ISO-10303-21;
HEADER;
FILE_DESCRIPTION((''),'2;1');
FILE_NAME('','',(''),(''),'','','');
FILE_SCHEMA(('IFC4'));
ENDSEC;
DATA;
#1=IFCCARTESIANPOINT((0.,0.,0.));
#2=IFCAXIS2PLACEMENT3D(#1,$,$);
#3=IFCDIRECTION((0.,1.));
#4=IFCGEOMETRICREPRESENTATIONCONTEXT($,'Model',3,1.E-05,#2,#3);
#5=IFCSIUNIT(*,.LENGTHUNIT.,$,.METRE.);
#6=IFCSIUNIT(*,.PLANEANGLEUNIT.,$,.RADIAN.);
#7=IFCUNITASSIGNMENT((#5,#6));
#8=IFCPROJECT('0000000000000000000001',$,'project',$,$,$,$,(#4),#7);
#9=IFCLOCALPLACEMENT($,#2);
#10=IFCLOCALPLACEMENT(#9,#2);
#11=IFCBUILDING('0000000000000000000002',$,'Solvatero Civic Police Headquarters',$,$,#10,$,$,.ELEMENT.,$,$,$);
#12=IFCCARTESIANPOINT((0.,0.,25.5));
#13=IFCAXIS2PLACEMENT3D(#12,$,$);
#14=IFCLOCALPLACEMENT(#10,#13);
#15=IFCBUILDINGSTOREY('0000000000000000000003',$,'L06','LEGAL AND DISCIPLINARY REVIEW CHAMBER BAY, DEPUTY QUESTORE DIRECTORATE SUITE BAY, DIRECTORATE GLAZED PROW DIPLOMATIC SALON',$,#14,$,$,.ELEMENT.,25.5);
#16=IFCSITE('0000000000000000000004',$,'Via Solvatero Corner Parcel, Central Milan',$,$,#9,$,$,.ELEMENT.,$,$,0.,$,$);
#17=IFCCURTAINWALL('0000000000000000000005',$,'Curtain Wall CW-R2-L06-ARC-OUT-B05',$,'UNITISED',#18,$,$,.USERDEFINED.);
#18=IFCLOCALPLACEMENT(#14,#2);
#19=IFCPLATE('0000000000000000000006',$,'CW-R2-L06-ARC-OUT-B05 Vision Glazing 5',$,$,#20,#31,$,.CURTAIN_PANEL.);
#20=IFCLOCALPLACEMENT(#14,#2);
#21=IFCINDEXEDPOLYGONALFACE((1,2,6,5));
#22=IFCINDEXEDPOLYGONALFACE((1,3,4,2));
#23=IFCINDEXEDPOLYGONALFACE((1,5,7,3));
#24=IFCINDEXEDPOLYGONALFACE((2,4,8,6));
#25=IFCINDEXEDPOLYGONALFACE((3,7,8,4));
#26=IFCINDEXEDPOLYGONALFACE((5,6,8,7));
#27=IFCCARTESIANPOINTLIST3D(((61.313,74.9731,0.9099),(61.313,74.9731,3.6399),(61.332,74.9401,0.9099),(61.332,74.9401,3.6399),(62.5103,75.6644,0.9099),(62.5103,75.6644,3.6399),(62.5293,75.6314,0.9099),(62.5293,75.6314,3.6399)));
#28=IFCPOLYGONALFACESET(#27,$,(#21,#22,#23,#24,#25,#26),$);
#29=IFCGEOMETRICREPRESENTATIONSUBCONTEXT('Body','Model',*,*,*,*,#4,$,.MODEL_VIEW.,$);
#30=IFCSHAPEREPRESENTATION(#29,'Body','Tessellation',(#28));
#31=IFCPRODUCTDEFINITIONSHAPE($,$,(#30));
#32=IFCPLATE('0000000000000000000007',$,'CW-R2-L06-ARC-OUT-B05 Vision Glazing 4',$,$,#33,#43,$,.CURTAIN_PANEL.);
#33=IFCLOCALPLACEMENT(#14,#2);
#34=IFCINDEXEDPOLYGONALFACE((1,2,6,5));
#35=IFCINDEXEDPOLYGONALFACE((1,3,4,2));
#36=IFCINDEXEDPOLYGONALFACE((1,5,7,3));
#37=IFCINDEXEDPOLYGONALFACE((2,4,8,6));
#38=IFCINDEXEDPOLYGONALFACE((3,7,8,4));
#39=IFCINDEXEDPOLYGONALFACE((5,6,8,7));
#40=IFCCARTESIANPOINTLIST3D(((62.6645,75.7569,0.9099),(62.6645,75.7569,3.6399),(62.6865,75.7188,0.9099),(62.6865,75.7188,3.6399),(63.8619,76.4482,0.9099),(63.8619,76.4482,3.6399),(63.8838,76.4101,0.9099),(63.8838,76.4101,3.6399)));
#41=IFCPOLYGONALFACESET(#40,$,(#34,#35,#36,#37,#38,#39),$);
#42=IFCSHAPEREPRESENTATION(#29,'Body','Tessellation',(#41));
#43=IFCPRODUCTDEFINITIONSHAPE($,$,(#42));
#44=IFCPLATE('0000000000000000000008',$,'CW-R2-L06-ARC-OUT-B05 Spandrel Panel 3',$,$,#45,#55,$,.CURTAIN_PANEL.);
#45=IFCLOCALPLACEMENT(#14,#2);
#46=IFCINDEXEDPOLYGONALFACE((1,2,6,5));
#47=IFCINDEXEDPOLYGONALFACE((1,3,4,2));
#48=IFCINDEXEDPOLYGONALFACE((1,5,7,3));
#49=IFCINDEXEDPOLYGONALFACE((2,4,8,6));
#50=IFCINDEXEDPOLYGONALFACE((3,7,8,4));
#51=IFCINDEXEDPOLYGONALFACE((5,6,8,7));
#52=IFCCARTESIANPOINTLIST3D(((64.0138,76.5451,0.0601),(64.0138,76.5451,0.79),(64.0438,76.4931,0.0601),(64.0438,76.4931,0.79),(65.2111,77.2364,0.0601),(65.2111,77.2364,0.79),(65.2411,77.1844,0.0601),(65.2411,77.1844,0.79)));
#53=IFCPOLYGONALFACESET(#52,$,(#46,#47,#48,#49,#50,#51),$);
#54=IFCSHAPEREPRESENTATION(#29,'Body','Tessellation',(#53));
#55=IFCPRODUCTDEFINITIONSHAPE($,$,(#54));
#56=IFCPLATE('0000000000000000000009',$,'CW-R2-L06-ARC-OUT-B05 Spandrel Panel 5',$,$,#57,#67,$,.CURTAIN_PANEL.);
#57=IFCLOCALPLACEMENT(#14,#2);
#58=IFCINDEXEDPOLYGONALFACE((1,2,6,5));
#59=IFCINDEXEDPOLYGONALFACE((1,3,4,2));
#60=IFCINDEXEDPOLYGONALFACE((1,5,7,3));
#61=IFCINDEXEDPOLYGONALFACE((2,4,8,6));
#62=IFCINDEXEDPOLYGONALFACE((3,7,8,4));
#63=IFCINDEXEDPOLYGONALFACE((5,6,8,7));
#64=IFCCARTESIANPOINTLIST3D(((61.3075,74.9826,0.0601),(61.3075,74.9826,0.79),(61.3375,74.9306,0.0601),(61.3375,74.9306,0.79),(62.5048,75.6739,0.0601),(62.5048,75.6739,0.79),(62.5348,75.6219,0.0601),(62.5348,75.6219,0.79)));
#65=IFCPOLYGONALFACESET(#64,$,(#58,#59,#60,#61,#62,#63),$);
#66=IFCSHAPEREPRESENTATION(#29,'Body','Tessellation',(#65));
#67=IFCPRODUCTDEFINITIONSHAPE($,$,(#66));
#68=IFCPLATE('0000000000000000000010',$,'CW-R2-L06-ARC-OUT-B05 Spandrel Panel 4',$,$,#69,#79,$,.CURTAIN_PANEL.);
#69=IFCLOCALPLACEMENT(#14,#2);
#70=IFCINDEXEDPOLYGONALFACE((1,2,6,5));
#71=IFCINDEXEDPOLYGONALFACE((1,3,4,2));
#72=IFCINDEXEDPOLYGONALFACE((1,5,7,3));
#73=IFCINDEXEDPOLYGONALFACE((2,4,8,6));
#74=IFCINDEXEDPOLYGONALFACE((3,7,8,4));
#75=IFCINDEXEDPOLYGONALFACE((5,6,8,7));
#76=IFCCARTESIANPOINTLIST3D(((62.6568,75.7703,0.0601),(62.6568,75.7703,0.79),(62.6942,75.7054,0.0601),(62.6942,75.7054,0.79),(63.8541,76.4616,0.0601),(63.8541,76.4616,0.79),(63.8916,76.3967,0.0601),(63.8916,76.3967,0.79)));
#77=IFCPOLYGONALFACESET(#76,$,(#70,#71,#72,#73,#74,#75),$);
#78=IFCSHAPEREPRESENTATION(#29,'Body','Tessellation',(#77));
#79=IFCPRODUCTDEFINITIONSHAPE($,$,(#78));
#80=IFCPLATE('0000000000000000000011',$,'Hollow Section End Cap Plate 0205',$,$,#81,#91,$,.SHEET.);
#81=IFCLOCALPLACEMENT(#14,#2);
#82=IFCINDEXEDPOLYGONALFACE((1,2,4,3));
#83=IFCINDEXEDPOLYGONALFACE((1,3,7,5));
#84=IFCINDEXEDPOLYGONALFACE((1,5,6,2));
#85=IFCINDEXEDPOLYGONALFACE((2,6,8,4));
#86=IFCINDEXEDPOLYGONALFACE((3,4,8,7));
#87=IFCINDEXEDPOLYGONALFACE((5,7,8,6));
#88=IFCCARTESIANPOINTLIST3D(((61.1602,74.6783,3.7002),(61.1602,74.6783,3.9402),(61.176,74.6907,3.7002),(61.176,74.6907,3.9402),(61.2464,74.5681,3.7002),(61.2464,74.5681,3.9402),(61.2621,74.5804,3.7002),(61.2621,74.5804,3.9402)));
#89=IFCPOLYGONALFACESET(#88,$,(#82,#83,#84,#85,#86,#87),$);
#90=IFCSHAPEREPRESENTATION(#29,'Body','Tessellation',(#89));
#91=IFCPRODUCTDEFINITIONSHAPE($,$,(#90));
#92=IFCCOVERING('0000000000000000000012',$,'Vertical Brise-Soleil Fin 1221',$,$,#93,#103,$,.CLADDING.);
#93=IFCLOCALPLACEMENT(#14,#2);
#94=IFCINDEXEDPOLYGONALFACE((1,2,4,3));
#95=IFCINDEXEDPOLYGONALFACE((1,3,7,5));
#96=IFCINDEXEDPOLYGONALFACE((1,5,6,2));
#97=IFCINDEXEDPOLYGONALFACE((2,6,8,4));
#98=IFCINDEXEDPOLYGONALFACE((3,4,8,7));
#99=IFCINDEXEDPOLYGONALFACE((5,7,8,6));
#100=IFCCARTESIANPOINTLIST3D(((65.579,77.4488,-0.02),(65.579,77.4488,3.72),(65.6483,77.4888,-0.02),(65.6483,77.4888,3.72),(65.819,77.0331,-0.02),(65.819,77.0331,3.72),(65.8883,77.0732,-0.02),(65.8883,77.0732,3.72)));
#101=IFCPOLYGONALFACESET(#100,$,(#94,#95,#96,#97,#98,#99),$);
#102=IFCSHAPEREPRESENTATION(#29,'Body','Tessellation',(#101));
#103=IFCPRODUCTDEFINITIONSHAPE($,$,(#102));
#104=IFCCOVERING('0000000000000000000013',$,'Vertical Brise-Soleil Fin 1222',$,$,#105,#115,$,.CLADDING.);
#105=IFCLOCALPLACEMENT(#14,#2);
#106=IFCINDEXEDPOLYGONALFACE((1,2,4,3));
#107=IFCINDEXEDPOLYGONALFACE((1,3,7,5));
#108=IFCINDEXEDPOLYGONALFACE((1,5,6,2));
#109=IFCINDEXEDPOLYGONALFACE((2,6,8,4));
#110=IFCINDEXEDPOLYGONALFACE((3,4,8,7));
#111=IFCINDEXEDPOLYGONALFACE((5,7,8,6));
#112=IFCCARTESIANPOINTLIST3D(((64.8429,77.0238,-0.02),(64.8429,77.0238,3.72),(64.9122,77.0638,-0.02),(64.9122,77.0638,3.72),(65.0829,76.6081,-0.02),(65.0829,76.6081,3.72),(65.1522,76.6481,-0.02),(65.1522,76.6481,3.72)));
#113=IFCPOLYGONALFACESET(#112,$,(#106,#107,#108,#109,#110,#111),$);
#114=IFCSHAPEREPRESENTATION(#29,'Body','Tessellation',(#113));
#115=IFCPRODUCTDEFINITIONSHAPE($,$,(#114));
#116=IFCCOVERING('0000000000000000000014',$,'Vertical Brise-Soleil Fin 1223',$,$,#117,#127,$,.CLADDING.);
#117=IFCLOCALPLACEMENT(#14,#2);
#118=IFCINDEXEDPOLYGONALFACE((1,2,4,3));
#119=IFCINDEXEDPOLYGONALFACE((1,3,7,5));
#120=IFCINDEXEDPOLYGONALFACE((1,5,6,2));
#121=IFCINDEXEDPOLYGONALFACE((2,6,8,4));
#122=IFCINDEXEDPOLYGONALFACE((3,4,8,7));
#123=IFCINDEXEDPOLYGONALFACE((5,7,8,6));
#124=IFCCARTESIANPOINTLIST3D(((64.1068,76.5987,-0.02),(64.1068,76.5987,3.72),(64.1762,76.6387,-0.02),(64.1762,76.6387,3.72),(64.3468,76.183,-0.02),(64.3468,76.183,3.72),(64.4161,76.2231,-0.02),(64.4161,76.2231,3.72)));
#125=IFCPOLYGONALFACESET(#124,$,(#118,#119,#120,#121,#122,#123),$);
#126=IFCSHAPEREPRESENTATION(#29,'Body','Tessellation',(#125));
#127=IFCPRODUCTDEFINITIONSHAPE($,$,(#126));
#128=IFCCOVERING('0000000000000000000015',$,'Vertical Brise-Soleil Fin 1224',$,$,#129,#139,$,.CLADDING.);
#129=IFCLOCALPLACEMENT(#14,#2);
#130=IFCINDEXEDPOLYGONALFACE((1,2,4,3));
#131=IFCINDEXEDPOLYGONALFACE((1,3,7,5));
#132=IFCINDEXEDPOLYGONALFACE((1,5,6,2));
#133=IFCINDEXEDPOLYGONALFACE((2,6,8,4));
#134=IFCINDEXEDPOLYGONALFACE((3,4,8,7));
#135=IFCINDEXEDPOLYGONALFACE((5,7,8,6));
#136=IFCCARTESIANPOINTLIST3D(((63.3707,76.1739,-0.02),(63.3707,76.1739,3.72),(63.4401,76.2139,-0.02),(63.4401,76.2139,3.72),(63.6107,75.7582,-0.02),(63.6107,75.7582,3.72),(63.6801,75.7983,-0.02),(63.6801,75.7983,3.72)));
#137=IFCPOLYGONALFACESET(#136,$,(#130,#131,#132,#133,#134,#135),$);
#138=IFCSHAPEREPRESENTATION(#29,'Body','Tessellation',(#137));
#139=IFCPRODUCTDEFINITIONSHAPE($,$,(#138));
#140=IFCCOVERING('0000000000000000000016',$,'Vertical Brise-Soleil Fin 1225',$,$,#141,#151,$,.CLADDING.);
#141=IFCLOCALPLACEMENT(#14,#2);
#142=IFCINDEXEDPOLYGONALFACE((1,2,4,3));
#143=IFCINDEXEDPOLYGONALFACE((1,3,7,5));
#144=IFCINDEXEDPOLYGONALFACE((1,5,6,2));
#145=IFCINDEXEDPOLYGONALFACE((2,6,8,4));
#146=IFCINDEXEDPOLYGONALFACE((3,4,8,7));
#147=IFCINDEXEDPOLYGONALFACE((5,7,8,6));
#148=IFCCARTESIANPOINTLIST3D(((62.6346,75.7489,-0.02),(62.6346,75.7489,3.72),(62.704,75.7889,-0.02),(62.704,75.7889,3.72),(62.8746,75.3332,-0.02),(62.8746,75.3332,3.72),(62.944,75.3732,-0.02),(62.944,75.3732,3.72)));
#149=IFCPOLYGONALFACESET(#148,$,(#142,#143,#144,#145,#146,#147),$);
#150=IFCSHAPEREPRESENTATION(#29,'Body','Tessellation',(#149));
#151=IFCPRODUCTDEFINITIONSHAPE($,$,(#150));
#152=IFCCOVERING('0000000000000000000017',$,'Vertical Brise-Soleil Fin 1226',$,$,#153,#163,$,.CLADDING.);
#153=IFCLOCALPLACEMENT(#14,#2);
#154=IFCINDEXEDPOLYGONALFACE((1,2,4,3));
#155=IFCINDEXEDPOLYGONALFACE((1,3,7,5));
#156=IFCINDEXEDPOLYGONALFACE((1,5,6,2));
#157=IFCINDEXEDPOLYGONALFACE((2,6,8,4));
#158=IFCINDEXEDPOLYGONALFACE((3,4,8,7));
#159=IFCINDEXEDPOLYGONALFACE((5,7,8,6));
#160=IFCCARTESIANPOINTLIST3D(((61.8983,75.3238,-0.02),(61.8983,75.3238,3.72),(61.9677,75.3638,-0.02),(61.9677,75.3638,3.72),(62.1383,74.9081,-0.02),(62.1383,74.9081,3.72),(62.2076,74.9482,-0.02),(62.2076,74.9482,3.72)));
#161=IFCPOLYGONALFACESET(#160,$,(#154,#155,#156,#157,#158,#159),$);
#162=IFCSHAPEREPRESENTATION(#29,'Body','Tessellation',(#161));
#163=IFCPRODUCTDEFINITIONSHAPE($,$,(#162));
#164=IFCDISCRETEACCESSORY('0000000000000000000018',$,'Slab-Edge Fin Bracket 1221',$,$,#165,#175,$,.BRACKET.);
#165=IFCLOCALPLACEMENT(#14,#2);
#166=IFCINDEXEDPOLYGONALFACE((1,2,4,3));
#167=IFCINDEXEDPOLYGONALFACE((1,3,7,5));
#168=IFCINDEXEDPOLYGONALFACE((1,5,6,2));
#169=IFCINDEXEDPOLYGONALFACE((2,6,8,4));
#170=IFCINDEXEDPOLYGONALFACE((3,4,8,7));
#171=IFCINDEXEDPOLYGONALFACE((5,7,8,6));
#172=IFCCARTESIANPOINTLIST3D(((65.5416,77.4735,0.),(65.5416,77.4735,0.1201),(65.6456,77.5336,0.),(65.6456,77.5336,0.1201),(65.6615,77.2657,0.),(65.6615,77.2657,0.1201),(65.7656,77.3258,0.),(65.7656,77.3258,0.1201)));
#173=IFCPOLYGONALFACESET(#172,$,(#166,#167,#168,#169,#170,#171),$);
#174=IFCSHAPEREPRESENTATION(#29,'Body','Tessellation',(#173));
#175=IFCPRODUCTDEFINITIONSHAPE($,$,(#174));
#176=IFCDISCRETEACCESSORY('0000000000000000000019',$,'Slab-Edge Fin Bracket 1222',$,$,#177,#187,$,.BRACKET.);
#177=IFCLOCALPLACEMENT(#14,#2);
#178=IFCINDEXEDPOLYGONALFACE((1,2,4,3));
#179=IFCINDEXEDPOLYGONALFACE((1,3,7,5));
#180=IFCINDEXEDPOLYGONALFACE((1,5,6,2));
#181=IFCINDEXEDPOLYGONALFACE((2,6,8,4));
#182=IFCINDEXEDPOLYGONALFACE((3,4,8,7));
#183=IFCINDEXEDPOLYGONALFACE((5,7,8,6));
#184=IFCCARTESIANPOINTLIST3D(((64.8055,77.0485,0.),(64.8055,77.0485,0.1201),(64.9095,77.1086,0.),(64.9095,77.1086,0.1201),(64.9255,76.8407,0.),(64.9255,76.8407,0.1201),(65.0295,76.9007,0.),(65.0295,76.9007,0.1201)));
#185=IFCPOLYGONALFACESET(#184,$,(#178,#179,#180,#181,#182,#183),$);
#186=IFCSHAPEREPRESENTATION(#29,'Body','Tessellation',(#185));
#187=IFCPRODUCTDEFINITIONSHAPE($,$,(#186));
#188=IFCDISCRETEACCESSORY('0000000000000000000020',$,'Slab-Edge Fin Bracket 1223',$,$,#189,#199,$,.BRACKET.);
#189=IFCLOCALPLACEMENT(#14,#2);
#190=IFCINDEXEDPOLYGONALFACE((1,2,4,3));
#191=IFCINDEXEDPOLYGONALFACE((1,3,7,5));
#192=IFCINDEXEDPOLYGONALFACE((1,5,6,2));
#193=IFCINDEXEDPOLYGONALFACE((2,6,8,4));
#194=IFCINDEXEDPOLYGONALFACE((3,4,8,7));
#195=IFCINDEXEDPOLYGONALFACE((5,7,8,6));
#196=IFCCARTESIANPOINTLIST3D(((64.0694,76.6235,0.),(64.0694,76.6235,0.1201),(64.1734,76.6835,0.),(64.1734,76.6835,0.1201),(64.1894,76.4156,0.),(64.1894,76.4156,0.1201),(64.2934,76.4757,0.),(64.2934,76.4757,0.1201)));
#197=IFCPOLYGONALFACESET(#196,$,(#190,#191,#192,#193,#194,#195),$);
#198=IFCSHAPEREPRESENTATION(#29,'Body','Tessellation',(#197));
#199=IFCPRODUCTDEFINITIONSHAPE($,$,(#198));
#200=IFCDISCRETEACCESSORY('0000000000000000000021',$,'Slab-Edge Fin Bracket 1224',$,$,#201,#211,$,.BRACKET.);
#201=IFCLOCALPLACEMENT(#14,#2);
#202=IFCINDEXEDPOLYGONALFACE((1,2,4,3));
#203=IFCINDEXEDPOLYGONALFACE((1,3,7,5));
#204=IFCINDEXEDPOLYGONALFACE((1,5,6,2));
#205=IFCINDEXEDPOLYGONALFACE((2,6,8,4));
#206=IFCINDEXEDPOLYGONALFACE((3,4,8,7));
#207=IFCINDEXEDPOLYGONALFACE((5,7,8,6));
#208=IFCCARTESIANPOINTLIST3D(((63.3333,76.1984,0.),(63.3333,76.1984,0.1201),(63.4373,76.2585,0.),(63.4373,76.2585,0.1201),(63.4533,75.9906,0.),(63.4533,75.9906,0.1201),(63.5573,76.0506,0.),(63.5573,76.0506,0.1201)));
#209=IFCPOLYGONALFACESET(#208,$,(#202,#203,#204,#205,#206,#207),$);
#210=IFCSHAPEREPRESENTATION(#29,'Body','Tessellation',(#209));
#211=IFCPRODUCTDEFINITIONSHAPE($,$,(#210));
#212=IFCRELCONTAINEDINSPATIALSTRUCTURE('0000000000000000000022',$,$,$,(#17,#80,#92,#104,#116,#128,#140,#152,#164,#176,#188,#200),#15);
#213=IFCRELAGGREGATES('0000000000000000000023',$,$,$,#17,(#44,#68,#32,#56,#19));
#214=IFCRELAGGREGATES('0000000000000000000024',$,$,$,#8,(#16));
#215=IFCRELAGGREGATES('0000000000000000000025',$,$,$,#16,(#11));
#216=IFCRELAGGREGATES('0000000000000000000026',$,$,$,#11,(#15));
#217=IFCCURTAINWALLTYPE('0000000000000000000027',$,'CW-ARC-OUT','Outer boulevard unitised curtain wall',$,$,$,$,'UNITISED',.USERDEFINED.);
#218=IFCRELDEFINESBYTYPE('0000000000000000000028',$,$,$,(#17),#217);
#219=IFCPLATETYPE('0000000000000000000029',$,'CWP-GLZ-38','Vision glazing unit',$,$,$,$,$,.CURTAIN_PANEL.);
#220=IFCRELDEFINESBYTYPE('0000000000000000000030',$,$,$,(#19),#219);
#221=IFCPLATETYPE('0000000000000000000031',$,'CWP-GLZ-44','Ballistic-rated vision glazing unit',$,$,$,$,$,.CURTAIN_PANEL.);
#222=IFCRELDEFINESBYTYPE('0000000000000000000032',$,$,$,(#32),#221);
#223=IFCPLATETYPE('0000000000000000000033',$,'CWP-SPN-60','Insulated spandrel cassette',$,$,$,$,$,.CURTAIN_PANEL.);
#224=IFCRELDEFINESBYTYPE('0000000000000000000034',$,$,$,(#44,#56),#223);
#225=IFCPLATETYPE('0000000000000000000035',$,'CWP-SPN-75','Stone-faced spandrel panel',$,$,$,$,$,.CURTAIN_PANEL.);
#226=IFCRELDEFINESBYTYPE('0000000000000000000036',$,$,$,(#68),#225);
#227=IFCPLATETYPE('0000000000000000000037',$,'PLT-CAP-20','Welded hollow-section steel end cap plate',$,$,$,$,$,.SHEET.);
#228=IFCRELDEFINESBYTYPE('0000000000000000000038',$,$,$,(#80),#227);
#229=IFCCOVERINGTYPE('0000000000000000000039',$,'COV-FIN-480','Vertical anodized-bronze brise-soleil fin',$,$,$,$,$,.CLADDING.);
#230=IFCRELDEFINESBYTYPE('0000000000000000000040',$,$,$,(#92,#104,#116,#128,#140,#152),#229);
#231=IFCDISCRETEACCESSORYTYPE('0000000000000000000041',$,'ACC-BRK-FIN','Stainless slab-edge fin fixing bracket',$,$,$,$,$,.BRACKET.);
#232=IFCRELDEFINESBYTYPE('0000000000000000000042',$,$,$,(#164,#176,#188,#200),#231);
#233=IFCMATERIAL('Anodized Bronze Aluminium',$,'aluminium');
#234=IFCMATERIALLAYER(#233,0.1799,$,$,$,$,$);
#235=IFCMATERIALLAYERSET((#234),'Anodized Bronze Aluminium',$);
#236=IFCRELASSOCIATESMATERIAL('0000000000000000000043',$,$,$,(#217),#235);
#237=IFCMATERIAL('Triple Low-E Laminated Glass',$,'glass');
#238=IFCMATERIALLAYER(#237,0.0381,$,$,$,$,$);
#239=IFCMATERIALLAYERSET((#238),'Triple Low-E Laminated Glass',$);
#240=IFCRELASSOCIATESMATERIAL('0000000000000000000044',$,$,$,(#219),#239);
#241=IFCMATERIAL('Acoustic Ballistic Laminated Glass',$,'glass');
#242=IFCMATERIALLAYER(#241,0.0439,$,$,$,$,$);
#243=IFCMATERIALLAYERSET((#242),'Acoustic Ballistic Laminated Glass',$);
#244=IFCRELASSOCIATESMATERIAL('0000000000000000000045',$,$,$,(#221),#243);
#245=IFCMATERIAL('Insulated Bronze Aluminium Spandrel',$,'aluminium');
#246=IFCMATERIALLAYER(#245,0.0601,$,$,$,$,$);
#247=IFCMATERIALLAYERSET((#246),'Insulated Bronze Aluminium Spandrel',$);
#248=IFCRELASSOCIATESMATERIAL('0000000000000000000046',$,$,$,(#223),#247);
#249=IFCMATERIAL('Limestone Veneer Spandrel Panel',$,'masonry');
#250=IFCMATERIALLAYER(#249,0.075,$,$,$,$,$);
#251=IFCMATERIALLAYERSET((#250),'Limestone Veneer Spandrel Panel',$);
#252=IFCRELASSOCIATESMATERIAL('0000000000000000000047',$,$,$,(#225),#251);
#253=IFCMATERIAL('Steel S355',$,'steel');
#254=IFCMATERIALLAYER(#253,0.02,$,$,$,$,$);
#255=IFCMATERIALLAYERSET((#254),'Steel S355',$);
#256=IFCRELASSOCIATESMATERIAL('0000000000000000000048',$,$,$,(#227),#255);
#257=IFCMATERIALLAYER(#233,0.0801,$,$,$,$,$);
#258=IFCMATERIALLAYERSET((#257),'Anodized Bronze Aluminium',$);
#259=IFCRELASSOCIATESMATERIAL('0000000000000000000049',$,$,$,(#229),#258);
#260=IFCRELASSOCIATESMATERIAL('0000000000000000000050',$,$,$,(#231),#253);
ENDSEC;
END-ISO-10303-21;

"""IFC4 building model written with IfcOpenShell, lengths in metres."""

from ifc_helpers import new_model, si_unit, direction, frame, origin, origin_2d, place, context, subcontext, project, spatial, rectangle, extrude, material, layer, layer_set, type_object, element, aggregate, save


model = new_model("IFC4")

# Units and contexts
model_context = context("Model", 3, precision=1e-05, world=origin(), true_north=direction((0.0, 1.0)))
body_context = subcontext(model_context, "Body", "Model", "MODEL_VIEW")
ifc_project = project(units=[si_unit("LENGTHUNIT", "METRE"), si_unit("PLANEANGLEUNIT", "RADIAN")], contexts=[model_context])

# Site, building, storey
site_placement = place(None, origin())
site = spatial("IfcSite", under=ifc_project, at=site_placement, Name="Via Solvatero Corner Parcel, Central Milan", CompositionType="ELEMENT", RefElevation=0.0)
building_placement = place(site_placement, origin())
building = spatial("IfcBuilding", under=site, at=building_placement, Name="Solvatero Civic Police Headquarters", CompositionType="ELEMENT")
storey_placement = place(building_placement, frame((0.0, 0.0, 25.5)))
storey = spatial("IfcBuildingStorey", under=building, at=storey_placement, Name="L06", Description="LEGAL AND DISCIPLINARY REVIEW CHAMBER BAY, DEPUTY QUESTORE DIRECTORATE SUITE BAY, DIRECTORATE GLAZED PROW DIPLOMATIC SALON", CompositionType="ELEMENT", Elevation=25.5)

# Curtain wall
ifc_material_1 = material(Name="Anodized Bronze Aluminium", Category="aluminium")
ifc_layer_1 = layer(ifc_material_1, 0.1799)
ifc_layer_set_1 = layer_set([ifc_layer_1], Name="Anodized Bronze Aluminium")
curtain_wall_type = type_object("IfcCurtainWallType", Name="CW-ARC-OUT", Description="Outer boulevard unitised curtain wall", ElementType="UNITISED", PredefinedType="USERDEFINED", material=ifc_layer_set_1)
curtain_wall_1_placement = place(storey_placement, origin())
curtain_wall_1 = element("IfcCurtainWall", 1, at=curtain_wall_1_placement, inside=storey, type_object=curtain_wall_type, Name="Curtain Wall CW-R2-L06-ARC-OUT-B05", ObjectType="UNITISED", PredefinedType="USERDEFINED")

# Shared definitions
ifc_material_2 = material(Name="Steel S355", Category="steel")

# Plates
ifc_material_3 = material(Name="Triple Low-E Laminated Glass", Category="glass")
ifc_layer_2 = layer(ifc_material_3, 0.0381)
ifc_layer_set_2 = layer_set([ifc_layer_2], Name="Triple Low-E Laminated Glass")
plate_type_1 = type_object("IfcPlateType", Name="CWP-GLZ-38", Description="Vision glazing unit", PredefinedType="CURTAIN_PANEL", material=ifc_layer_set_2)
plate_1_placement = place(storey_placement, frame((61.9211, 75.3022, 0.9099), z_axis=(0.0, 0.0, 1.0), x_axis=(-0.866025, -0.5, 0.0)))
plate_1 = element("IfcPlate", 2, at=plate_1_placement, type_object=plate_type_1, Name="CW-R2-L06-ARC-OUT-B05 Vision Glazing 5", PredefinedType="CURTAIN_PANEL", context=body_context, shape_type="SweptSolid", body=[
    extrude(rectangle(XDim=1.3826, YDim=0.0381, at=origin_2d()), origin(), (0.0, 0.0, 1.0), 2.73),
])
ifc_material_4 = material(Name="Acoustic Ballistic Laminated Glass", Category="glass")
ifc_layer_3 = layer(ifc_material_4, 0.0439)
ifc_layer_set_3 = layer_set([ifc_layer_3], Name="Acoustic Ballistic Laminated Glass")
plate_type_2 = type_object("IfcPlateType", Name="CWP-GLZ-44", Description="Ballistic-rated vision glazing unit", PredefinedType="CURTAIN_PANEL", material=ifc_layer_set_3)
plate_2_placement = place(storey_placement, frame((63.2742, 76.0835, 0.9099), z_axis=(0.0, 0.0, 1.0), x_axis=(-0.866025, -0.5, 0.0)))
plate_2 = element("IfcPlate", 3, at=plate_2_placement, type_object=plate_type_2, Name="CW-R2-L06-ARC-OUT-B05 Vision Glazing 4", PredefinedType="CURTAIN_PANEL", context=body_context, shape_type="SweptSolid", body=[
    extrude(rectangle(XDim=1.3826, YDim=0.0439, at=origin_2d()), origin(), (0.0, 0.0, 1.0), 2.73),
])
ifc_material_5 = material(Name="Insulated Bronze Aluminium Spandrel", Category="aluminium")
ifc_layer_4 = layer(ifc_material_5, 0.0601)
ifc_layer_set_4 = layer_set([ifc_layer_4], Name="Insulated Bronze Aluminium Spandrel")
plate_type_3 = type_object("IfcPlateType", Name="CWP-SPN-60", Description="Insulated spandrel cassette", PredefinedType="CURTAIN_PANEL", material=ifc_layer_set_4)
plate_3_placement = place(storey_placement, frame((64.6274, 76.8647, 0.0601), z_axis=(0.0, 0.0, 1.0), x_axis=(-0.866025, -0.5, 0.0)))
plate_3 = element("IfcPlate", 4, at=plate_3_placement, type_object=plate_type_3, Name="CW-R2-L06-ARC-OUT-B05 Spandrel Panel 3", PredefinedType="CURTAIN_PANEL", context=body_context, shape_type="SweptSolid", body=[
    extrude(rectangle(XDim=1.3826, YDim=0.0601, at=origin_2d()), origin(), (0.0, 0.0, 1.0), 0.73),
])
plate_4_placement = place(storey_placement, frame((61.9211, 75.3022, 0.0601), z_axis=(0.0, 0.0, 1.0), x_axis=(-0.866025, -0.5, 0.0)))
plate_4 = element("IfcPlate", 5, at=plate_4_placement, type_object=plate_type_3, Name="CW-R2-L06-ARC-OUT-B05 Spandrel Panel 5", PredefinedType="CURTAIN_PANEL", context=body_context, shape_type="SweptSolid", body=[
    extrude(rectangle(XDim=1.3826, YDim=0.0601, at=origin_2d()), origin(), (0.0, 0.0, 1.0), 0.73),
])
ifc_material_6 = material(Name="Limestone Veneer Spandrel Panel", Category="masonry")
ifc_layer_5 = layer(ifc_material_6, 0.075)
ifc_layer_set_5 = layer_set([ifc_layer_5], Name="Limestone Veneer Spandrel Panel")
plate_type_4 = type_object("IfcPlateType", Name="CWP-SPN-75", Description="Stone-faced spandrel panel", PredefinedType="CURTAIN_PANEL", material=ifc_layer_set_5)
plate_5_placement = place(storey_placement, frame((63.2742, 76.0835, 0.0601), z_axis=(0.0, 0.0, 1.0), x_axis=(-0.866025, -0.5, 0.0)))
plate_5 = element("IfcPlate", 6, at=plate_5_placement, type_object=plate_type_4, Name="CW-R2-L06-ARC-OUT-B05 Spandrel Panel 4", PredefinedType="CURTAIN_PANEL", context=body_context, shape_type="SweptSolid", body=[
    extrude(rectangle(XDim=1.3826, YDim=0.075, at=origin_2d()), origin(), (0.0, 0.0, 1.0), 0.73),
])
aggregate(curtain_wall_1, [plate_3, plate_5, plate_2, plate_4, plate_1])
ifc_layer_6 = layer(ifc_material_2, 0.02)
ifc_layer_set_6 = layer_set([ifc_layer_6], Name="Steel S355")
plate_type_5 = type_object("IfcPlateType", Name="PLT-CAP-20", Description="Welded hollow-section steel end cap plate", PredefinedType="SHEET", material=ifc_layer_set_6)
plate_6_placement = place(storey_placement, frame((61.2112, 74.6294, 3.7002), z_axis=(0.0, 0.0, 1.0), x_axis=(-0.788, -0.615675, 0.0)))
element("IfcPlate", 7, at=plate_6_placement, inside=storey, type_object=plate_type_5, Name="Hollow Section End Cap Plate 0205", PredefinedType="SHEET", context=body_context, shape_type="SweptSolid", body=[
    extrude(rectangle(XDim=0.02, YDim=0.1399, at=origin_2d()), origin(), (0.0, 0.0, 1.0), 0.24),
])

# Coverings
ifc_layer_7 = layer(ifc_material_1, 0.0801)
ifc_layer_set_7 = layer_set([ifc_layer_7], Name="Anodized Bronze Aluminium")
covering_type = type_object("IfcCoveringType", Name="COV-FIN-480", Description="Vertical anodized-bronze brise-soleil fin", PredefinedType="CLADDING", material=ifc_layer_set_7)
for number, where, z_axis, x_axis, name in (
    (8, (65.7336, 77.261, -0.02), (0.0, 0.0, 1.0), (-0.866025, -0.5, 0.0), "Vertical Brise-Soleil Fin 1221"),
    (9, (64.9976, 76.8359, -0.02), (0.0, 0.0, 1.0), (-0.866025, -0.5, 0.0), "Vertical Brise-Soleil Fin 1222"),
    (10, (64.2615, 76.4109, -0.02), (0.0, 0.0, 1.0), (-0.866025, -0.5, 0.0), "Vertical Brise-Soleil Fin 1223"),
    (11, (63.5254, 75.9861, -0.02), (0.0, 0.0, 1.0), (-0.866025, -0.5, 0.0), "Vertical Brise-Soleil Fin 1224"),
    (12, (62.7893, 75.561, -0.02), (0.0, 0.0, 1.0), (-0.866025, -0.5, 0.0), "Vertical Brise-Soleil Fin 1225"),
    (13, (62.053, 75.136, -0.02), (0.0, 0.0, 1.0), (-0.866025, -0.5, 0.0), "Vertical Brise-Soleil Fin 1226"),
):
    element("IfcCovering", number, at=place(storey_placement, frame(where, z_axis=z_axis, x_axis=x_axis)), inside=storey, type_object=covering_type, Name=name, PredefinedType="CLADDING", context=body_context, shape_type="SweptSolid", body=[
        extrude(rectangle(XDim=0.0801, YDim=0.48, at=origin_2d()), origin(), (0.0, 0.0, 1.0), 3.74),
    ])

# Discrete accessories
discrete_accessory_type = type_object("IfcDiscreteAccessoryType", Name="ACC-BRK-FIN", Description="Stainless slab-edge fin fixing bracket", PredefinedType="BRACKET", material=ifc_material_2)
for number, where, z_axis, x_axis, name in (
    (14, (65.6536, 77.3997, 0.0), (0.0, 0.0, 1.0), (-0.866025, -0.5, 0.0), "Slab-Edge Fin Bracket 1221"),
    (15, (64.9175, 76.9746, 0.0), (0.0, 0.0, 1.0), (-0.866025, -0.5, 0.0), "Slab-Edge Fin Bracket 1222"),
    (16, (64.1814, 76.5496, 0.0), (0.0, 0.0, 1.0), (-0.866025, -0.5, 0.0), "Slab-Edge Fin Bracket 1223"),
    (17, (63.4453, 76.1245, 0.0), (0.0, 0.0, 1.0), (-0.866025, -0.5, 0.0), "Slab-Edge Fin Bracket 1224"),
):
    element("IfcDiscreteAccessory", number, at=place(storey_placement, frame(where, z_axis=z_axis, x_axis=x_axis)), inside=storey, type_object=discrete_accessory_type, Name=name, PredefinedType="BRACKET", context=body_context, shape_type="SweptSolid", body=[
        extrude(rectangle(XDim=0.1201, YDim=0.24, at=origin_2d()), origin(), (0.0, 0.0, 1.0), 0.1201),
    ])

save(model, "model.ifc")
